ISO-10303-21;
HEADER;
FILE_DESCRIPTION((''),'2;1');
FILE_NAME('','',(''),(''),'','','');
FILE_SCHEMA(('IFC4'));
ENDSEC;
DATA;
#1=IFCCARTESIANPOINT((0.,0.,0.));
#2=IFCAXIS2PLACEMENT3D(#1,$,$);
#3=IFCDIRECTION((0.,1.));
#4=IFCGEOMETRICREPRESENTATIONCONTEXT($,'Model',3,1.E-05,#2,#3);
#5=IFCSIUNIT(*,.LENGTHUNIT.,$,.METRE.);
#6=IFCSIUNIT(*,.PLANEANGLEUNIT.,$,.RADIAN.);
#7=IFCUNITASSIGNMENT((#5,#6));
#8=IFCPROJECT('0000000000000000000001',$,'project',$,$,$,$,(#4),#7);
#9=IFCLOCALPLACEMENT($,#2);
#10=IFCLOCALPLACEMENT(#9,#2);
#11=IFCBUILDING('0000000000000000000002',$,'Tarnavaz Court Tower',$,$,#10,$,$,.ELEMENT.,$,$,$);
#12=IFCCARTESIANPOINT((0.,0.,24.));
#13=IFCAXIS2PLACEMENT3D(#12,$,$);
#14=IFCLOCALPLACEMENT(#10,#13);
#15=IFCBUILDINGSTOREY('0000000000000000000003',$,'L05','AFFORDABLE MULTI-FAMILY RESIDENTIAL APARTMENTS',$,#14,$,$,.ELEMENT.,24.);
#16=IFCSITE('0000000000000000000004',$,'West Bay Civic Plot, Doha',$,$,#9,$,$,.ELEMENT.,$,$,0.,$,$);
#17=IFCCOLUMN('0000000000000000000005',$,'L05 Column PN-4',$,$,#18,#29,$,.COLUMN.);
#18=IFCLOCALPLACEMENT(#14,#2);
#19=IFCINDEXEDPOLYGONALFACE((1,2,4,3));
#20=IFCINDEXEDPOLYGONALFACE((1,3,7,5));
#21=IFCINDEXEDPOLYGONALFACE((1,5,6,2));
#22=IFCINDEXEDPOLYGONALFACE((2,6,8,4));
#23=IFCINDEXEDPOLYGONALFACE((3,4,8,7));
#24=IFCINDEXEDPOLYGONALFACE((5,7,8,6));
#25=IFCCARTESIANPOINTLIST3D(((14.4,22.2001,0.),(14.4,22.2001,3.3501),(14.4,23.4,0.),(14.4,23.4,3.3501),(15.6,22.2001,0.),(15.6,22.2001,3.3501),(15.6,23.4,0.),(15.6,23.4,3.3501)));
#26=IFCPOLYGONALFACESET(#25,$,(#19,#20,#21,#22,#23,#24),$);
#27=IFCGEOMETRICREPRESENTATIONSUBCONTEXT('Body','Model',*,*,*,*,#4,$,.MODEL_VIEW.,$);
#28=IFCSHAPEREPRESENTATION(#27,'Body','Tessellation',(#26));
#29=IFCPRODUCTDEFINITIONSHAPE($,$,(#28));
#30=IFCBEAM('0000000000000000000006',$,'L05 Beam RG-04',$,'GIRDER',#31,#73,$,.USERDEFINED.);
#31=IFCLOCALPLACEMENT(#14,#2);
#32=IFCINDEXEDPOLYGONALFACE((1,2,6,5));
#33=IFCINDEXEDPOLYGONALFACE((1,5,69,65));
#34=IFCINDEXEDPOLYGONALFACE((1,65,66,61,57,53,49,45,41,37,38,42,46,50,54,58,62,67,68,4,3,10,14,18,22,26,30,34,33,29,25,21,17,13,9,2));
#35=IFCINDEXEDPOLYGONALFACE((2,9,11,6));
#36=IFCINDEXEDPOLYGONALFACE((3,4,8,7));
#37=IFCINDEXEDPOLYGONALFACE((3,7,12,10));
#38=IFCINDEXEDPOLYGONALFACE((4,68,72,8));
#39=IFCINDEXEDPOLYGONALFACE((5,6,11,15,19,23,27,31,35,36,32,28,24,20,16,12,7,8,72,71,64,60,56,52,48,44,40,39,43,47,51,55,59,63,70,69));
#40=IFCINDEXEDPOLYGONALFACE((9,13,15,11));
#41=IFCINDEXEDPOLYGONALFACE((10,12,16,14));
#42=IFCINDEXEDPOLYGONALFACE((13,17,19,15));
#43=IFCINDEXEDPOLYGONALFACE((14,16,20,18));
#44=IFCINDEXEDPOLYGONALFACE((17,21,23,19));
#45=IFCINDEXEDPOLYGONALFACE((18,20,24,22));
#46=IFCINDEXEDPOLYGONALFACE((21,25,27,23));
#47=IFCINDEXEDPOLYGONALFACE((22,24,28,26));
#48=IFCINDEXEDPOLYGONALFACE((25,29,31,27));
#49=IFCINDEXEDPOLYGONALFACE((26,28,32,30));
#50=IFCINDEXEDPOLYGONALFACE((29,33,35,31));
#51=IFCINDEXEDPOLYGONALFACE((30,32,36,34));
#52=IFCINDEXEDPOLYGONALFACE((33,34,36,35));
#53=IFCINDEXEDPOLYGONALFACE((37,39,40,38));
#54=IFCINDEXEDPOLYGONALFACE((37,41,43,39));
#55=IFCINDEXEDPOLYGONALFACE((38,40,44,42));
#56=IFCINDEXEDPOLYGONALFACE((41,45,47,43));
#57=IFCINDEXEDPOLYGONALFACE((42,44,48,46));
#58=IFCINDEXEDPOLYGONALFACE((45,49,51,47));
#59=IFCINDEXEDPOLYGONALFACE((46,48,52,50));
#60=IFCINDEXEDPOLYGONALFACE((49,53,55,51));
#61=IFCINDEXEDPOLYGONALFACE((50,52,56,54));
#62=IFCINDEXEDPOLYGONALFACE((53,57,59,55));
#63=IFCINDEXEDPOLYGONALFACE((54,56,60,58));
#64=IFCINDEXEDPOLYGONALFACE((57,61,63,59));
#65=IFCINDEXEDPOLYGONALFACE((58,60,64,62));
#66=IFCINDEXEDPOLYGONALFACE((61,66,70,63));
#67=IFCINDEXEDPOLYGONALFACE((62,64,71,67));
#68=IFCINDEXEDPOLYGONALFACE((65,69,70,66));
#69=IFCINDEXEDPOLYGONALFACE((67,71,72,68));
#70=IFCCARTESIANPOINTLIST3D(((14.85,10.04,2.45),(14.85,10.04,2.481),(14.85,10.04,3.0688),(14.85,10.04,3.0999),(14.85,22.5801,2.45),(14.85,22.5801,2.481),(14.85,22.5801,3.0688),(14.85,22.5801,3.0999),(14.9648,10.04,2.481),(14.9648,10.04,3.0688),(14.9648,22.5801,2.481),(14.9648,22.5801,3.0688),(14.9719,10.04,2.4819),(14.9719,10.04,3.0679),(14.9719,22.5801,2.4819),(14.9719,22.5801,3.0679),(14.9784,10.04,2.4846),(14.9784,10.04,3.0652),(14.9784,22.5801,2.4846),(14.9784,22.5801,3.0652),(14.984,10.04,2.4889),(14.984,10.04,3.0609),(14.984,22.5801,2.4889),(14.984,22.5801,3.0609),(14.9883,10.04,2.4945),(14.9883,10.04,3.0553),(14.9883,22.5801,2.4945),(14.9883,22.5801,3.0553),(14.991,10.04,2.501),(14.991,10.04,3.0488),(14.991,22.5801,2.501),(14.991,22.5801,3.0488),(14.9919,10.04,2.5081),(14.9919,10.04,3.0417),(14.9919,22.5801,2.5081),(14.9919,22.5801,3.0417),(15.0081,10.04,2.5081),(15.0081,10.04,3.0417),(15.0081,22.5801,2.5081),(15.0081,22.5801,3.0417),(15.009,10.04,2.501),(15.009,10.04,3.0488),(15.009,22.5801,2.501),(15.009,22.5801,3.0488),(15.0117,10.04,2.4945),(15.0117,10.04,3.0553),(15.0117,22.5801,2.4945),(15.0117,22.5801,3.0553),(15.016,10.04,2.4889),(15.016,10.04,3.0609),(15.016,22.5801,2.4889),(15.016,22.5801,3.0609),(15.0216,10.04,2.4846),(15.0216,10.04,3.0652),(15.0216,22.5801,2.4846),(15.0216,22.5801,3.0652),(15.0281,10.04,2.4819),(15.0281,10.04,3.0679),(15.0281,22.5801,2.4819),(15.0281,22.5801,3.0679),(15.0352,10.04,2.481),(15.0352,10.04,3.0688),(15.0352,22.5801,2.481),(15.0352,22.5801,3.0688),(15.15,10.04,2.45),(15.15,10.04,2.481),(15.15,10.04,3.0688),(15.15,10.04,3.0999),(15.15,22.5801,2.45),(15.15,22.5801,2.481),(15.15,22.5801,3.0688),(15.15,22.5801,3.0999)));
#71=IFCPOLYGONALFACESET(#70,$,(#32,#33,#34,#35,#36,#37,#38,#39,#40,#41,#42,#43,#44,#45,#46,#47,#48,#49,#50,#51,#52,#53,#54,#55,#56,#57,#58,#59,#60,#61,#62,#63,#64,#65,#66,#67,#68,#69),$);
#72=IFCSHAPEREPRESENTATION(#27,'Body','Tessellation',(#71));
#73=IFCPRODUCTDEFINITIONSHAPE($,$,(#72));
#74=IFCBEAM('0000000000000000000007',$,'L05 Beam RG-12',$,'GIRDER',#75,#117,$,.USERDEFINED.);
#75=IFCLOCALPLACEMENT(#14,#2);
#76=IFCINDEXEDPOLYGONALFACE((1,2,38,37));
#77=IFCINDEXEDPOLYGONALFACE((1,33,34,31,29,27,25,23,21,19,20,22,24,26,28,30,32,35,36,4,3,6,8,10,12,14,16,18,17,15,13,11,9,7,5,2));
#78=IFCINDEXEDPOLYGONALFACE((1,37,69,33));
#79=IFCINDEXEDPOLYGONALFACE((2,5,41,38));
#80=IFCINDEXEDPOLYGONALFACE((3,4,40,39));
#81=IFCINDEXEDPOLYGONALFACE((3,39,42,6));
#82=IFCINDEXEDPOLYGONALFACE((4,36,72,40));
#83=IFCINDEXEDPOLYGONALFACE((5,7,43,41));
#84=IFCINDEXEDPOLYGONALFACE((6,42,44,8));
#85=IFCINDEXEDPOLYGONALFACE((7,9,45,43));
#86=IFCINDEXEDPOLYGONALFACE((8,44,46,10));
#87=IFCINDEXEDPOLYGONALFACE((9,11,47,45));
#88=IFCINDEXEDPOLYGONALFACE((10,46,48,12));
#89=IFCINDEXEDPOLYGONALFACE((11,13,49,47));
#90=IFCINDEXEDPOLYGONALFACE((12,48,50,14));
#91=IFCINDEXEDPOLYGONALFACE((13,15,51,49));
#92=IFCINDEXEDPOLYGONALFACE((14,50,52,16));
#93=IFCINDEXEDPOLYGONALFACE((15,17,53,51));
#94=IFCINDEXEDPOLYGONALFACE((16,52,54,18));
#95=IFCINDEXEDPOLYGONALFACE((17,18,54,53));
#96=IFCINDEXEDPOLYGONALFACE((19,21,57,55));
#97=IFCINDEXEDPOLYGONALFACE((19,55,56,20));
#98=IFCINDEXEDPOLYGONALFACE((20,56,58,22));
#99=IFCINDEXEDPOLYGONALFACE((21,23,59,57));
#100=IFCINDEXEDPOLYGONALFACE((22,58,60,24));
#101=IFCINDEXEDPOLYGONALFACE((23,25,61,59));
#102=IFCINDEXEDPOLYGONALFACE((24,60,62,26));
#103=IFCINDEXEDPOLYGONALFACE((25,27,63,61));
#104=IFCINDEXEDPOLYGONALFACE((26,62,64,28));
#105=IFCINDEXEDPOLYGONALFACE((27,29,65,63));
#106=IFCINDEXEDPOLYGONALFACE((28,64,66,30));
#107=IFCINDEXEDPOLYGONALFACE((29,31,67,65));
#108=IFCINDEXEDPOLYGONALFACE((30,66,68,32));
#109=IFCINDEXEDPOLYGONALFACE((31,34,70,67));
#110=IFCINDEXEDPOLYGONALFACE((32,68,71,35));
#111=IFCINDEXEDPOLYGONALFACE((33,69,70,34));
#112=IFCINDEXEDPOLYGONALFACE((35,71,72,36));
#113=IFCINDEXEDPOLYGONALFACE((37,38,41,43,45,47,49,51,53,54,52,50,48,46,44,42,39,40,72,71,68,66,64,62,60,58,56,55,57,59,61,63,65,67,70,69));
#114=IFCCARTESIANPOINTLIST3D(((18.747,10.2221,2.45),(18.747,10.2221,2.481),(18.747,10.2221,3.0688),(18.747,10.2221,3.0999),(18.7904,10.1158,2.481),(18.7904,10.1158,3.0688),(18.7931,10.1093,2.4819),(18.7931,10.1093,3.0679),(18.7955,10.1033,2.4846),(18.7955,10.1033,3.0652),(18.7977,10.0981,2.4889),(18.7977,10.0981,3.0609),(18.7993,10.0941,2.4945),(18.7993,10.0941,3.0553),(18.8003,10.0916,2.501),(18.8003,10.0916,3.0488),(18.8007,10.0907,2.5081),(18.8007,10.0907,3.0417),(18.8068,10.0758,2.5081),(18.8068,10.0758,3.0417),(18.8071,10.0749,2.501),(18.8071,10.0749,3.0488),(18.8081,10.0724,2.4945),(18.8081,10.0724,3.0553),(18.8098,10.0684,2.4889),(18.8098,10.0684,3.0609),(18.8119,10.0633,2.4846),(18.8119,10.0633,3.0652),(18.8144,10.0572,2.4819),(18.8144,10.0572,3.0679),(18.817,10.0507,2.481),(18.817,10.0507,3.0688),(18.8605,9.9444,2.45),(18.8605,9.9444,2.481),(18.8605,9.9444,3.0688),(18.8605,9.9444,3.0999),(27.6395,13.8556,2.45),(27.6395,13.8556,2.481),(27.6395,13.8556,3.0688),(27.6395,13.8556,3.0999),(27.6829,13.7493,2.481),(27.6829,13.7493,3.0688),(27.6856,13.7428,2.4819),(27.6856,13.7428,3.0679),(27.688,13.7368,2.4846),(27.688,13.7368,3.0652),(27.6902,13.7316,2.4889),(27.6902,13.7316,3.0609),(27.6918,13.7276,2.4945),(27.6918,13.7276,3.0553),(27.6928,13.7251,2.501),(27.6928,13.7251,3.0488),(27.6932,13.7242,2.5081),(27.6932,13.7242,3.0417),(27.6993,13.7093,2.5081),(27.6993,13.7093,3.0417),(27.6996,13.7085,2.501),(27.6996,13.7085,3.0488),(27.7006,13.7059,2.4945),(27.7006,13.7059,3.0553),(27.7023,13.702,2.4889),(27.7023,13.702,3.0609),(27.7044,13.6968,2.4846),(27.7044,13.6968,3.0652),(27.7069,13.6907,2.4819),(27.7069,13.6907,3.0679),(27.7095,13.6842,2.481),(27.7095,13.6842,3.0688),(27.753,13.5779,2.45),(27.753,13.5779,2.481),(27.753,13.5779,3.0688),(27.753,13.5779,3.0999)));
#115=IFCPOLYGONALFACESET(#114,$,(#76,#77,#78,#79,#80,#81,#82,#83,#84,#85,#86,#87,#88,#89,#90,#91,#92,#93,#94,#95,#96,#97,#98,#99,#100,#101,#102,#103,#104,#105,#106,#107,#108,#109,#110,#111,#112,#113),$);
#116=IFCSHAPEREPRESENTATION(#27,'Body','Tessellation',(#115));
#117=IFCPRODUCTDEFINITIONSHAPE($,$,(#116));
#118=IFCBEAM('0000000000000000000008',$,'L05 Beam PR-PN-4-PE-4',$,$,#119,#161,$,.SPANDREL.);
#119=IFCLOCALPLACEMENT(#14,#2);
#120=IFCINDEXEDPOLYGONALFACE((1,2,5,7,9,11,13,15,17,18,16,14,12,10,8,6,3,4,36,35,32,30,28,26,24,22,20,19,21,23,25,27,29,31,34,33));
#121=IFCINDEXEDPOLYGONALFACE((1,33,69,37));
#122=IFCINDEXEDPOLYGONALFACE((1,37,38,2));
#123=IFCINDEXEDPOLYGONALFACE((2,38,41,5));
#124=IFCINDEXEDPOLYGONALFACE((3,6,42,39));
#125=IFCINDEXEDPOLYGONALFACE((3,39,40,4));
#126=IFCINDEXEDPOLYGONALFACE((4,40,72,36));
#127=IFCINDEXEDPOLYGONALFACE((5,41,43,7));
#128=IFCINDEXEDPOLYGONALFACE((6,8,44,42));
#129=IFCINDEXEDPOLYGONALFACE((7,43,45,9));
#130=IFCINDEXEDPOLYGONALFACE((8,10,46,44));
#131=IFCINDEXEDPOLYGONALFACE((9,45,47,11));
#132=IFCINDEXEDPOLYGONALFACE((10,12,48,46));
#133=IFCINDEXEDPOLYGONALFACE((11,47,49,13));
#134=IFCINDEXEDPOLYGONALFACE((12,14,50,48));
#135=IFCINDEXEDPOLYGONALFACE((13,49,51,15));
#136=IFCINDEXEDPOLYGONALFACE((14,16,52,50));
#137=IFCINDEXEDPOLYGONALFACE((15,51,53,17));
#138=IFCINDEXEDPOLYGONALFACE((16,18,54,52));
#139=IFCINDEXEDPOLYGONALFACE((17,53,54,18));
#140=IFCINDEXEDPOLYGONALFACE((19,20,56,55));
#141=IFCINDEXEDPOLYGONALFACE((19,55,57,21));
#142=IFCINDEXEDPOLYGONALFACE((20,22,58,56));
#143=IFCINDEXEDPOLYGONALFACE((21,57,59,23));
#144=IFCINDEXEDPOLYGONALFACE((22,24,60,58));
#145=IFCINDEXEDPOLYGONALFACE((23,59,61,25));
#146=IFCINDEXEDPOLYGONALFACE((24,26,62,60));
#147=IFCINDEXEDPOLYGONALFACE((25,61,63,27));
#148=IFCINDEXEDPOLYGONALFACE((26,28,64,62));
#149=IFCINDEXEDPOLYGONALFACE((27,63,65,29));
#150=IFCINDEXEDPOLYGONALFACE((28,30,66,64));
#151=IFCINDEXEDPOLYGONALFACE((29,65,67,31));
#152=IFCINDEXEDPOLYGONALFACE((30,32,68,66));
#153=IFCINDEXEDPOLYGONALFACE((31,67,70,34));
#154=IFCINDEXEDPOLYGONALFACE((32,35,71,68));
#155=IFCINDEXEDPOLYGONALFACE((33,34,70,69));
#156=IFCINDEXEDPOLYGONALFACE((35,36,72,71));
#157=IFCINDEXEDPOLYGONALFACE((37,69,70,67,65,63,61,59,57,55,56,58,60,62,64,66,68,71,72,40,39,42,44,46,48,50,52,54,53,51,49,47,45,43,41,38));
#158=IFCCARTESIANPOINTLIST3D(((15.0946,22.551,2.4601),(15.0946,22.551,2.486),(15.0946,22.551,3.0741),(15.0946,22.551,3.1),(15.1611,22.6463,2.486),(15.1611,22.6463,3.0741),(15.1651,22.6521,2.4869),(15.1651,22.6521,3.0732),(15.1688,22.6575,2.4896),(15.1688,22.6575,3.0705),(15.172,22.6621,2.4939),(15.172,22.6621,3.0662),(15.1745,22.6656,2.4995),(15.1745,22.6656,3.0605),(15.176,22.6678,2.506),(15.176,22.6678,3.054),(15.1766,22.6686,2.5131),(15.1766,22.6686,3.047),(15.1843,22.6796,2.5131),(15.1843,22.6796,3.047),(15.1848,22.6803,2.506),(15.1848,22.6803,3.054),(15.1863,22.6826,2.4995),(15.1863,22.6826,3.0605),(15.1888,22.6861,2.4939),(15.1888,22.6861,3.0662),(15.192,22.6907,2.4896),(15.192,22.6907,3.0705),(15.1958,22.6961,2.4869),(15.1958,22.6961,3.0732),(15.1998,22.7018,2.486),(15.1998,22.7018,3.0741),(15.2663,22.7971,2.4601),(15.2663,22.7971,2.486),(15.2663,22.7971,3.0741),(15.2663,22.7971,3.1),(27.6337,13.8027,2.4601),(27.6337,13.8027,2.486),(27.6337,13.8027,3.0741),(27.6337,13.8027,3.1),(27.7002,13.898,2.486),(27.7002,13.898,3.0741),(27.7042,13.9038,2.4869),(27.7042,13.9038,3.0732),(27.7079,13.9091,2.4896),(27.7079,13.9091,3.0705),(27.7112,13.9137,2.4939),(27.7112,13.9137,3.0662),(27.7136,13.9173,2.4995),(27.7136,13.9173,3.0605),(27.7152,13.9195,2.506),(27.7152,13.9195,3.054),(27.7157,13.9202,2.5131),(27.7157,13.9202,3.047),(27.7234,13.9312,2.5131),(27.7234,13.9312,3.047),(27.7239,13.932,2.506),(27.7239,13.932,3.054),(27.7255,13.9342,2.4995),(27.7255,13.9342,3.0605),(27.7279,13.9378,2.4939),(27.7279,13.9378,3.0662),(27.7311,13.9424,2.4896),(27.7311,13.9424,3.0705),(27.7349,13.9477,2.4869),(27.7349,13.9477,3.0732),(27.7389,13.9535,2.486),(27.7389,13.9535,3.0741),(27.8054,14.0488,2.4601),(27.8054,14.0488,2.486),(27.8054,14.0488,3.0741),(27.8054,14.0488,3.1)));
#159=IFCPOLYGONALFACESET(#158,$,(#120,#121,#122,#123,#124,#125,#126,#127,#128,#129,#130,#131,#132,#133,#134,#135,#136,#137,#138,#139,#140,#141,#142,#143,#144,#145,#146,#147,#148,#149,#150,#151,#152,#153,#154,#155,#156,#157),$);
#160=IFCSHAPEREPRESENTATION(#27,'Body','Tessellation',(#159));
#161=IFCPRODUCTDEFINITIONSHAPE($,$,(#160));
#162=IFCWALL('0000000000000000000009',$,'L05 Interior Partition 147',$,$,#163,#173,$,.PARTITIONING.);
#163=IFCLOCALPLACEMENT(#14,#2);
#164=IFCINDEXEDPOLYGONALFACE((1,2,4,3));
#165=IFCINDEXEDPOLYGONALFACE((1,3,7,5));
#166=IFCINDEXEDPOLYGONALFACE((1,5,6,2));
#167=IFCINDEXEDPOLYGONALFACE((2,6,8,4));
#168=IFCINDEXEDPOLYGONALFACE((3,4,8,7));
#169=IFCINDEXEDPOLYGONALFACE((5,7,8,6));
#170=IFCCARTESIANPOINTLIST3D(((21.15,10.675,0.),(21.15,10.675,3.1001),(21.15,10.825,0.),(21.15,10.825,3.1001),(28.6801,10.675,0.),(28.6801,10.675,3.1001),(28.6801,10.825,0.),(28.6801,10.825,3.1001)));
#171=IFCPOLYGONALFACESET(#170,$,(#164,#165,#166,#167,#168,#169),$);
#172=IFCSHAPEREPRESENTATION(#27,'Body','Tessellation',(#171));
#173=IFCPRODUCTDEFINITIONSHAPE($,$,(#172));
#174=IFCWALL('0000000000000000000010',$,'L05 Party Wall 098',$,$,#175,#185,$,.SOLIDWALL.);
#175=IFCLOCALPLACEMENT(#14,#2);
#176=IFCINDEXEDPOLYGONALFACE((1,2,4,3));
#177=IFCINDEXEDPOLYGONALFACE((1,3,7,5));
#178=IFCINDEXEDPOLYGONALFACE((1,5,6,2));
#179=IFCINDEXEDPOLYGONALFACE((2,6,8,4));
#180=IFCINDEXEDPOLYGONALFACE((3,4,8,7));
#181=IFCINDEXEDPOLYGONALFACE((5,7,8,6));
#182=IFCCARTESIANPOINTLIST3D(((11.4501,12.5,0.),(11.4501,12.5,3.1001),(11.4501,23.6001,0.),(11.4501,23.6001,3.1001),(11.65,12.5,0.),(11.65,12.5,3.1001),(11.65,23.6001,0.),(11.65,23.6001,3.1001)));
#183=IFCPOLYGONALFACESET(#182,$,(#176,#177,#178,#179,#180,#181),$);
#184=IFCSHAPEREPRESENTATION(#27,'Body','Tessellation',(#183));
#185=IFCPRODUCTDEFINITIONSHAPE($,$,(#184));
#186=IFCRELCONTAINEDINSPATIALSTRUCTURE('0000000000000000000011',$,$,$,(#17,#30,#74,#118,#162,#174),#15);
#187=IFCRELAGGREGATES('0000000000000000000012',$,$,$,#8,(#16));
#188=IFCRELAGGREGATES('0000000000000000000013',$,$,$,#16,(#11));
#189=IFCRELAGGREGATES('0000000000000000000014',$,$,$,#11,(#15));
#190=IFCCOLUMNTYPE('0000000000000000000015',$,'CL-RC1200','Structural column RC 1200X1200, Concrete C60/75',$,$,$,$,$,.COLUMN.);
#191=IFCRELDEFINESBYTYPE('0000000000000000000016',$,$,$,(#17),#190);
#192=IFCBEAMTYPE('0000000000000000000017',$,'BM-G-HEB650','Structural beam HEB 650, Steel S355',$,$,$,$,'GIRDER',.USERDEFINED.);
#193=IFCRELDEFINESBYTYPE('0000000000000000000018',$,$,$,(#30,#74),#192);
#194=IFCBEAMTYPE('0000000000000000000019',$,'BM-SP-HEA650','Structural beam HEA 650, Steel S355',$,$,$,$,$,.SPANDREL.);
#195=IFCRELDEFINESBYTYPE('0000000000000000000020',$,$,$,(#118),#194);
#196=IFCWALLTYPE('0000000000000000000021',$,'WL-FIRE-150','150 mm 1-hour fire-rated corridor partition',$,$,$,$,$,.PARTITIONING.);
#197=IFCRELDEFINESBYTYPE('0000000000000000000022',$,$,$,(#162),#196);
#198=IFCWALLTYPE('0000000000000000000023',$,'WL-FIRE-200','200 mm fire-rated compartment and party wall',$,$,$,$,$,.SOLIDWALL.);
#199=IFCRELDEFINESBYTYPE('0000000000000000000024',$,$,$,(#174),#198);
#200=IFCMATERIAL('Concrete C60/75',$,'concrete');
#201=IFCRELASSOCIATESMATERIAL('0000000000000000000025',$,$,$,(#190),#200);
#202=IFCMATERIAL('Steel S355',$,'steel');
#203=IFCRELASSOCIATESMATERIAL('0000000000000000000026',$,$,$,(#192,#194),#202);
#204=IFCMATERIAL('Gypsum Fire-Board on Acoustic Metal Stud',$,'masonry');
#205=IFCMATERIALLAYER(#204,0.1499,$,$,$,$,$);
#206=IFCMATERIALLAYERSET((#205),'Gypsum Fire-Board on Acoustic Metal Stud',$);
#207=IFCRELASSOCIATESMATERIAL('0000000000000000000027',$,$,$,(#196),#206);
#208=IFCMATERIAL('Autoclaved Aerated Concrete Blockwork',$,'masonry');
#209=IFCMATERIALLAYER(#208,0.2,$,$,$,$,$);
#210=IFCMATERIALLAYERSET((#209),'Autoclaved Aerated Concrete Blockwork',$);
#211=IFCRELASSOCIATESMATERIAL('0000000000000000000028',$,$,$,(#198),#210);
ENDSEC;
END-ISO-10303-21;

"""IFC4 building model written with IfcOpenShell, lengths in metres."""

from ifc_helpers import new_model, si_unit, direction, frame, frame_2d, origin, origin_2d, place, context, subcontext, project, spatial, rectangle, i_section, extrude, material, layer, layer_set, material_profile, profile_set, type_object, element, save


model = new_model("IFC4")

# Units and contexts
model_context = context("Model", 3, precision=1e-05, world=origin(), true_north=direction((0.0, 1.0)))
body_context = subcontext(model_context, "Body", "Model", "MODEL_VIEW")
ifc_project = project(units=[si_unit("LENGTHUNIT", "METRE"), si_unit("PLANEANGLEUNIT", "RADIAN")], contexts=[model_context])

# Site, building, storey
site_placement = place(None, origin())
site = spatial("IfcSite", under=ifc_project, at=site_placement, Name="West Bay Civic Plot, Doha", CompositionType="ELEMENT", RefElevation=0.0)
building_placement = place(site_placement, origin())
building = spatial("IfcBuilding", under=site, at=building_placement, Name="Tarnavaz Court Tower", CompositionType="ELEMENT")
storey_placement = place(building_placement, frame((0.0, 0.0, 24.0)))
storey = spatial("IfcBuildingStorey", under=building, at=storey_placement, Name="L05", Description="AFFORDABLE MULTI-FAMILY RESIDENTIAL APARTMENTS", CompositionType="ELEMENT", Elevation=24.0)

# Column
ifc_material_1 = material(Name="Concrete C60/75", Category="concrete")
ifc_material_profile_1 = material_profile(ifc_material_1, rectangle(XDim=1.2, YDim=1.2, at=origin_2d()), Name="RC 1200X1200")
ifc_profile_set_1 = profile_set([ifc_material_profile_1], Name="Concrete C60/75")
column_type = type_object("IfcColumnType", Name="CL-RC1200", Description="Structural column RC 1200X1200, Concrete C60/75", PredefinedType="COLUMN", material=ifc_profile_set_1)
column_placement = place(storey_placement, frame((15.0, 22.8, 0.0), z_axis=(0.0, 0.0, 1.0), x_axis=(1.0, 0.0, 0.0)))
element("IfcColumn", 1, at=column_placement, inside=storey, type_object=column_type, Name="L05 Column PN-4", PredefinedType="COLUMN", context=body_context, shape_type="SweptSolid", body=[
    extrude(rectangle(XDim=1.2, YDim=1.2, at=origin_2d()), origin(), (0.0, 0.0, 1.0), 3.3501),
])

# Beams
ifc_material_2 = material(Name="Steel S355", Category="steel")
ifc_material_profile_2 = material_profile(ifc_material_2, i_section(OverallWidth=0.3, OverallDepth=0.6499, WebThickness=0.0161, FlangeThickness=0.031, FilletRadius=0.0271, at=origin_2d()), Name="HEB 650")
ifc_profile_set_2 = profile_set([ifc_material_profile_2], Name="Steel S355")
beam_type_1 = type_object("IfcBeamType", Name="BM-G-HEB650", Description="Structural beam HEB 650, Steel S355", ElementType="GIRDER", PredefinedType="USERDEFINED", material=ifc_profile_set_2)
beam_1_placement = place(storey_placement, frame((15.0, 10.04, 2.7749), z_axis=(0.0, 1.0, 0.0), x_axis=(-1.0, 0.0, 0.0)))
element("IfcBeam", 2, at=beam_1_placement, inside=storey, type_object=beam_type_1, Name="L05 Beam RG-04", ObjectType="GIRDER", PredefinedType="USERDEFINED", context=body_context, shape_type="SweptSolid", body=[
    extrude(i_section(OverallWidth=0.3, OverallDepth=0.6499, WebThickness=0.0161, FlangeThickness=0.031, FilletRadius=0.0271, at=origin_2d()), origin(), (0.0, 0.0, 1.0), 12.54),
])
beam_2_placement = place(storey_placement, frame((18.8037, 10.0833, 2.7749), z_axis=(0.925705, 0.378247, 0.0), x_axis=(-0.378247, 0.925705, 0.0)))
element("IfcBeam", 3, at=beam_2_placement, inside=storey, type_object=beam_type_1, Name="L05 Beam RG-12", ObjectType="GIRDER", PredefinedType="USERDEFINED", context=body_context, shape_type="SweptSolid", body=[
    extrude(i_section(OverallWidth=0.3, OverallDepth=0.6499, WebThickness=0.0161, FlangeThickness=0.031, FilletRadius=0.0271, at=origin_2d()), origin(), (0.0, 0.0, 1.0), 9.6062),
])
ifc_material_profile_3 = material_profile(ifc_material_2, i_section(OverallWidth=0.3, OverallDepth=0.6399, WebThickness=0.0134, FlangeThickness=0.0259, FilletRadius=0.0271, at=origin_2d()), Name="HEA 650")
ifc_profile_set_3 = profile_set([ifc_material_profile_3], Name="Steel S355")
beam_type_2 = type_object("IfcBeamType", Name="BM-SP-HEA650", Description="Structural beam HEA 650, Steel S355", PredefinedType="SPANDREL", material=ifc_profile_set_3)
beam_3_placement = place(storey_placement, frame((15.1804, 22.6741, 2.78), z_axis=(0.820124, -0.572186, 0.0), x_axis=(0.572186, 0.820124, 0.0)))
element("IfcBeam", 4, at=beam_3_placement, inside=storey, type_object=beam_type_2, Name="L05 Beam PR-PN-4-PE-4", PredefinedType="SPANDREL", context=body_context, shape_type="SweptSolid", body=[
    extrude(i_section(OverallWidth=0.3, OverallDepth=0.6399, WebThickness=0.0134, FlangeThickness=0.0259, FilletRadius=0.0271, at=origin_2d()), origin(), (0.0, 0.0, 1.0), 15.2893),
])

# Walls
ifc_material_3 = material(Name="Gypsum Fire-Board on Acoustic Metal Stud", Category="masonry")
ifc_layer_1 = layer(ifc_material_3, 0.1499)
ifc_layer_set_1 = layer_set([ifc_layer_1], Name="Gypsum Fire-Board on Acoustic Metal Stud")
wall_type_1 = type_object("IfcWallType", Name="WL-FIRE-150", Description="150 mm 1-hour fire-rated corridor partition", PredefinedType="PARTITIONING", material=ifc_layer_set_1)
wall_1_placement = place(storey_placement, frame((21.1499, 10.75, 0.0), z_axis=(0.0, 0.0, 1.0), x_axis=(1.0, 0.0, 0.0)))
element("IfcWall", 5, at=wall_1_placement, inside=storey, type_object=wall_type_1, Name="L05 Interior Partition 147", PredefinedType="PARTITIONING", context=body_context, shape_type="SweptSolid", body=[
    extrude(rectangle(XDim=7.53, YDim=0.1499, at=frame_2d((3.7651, 0.0))), origin(), (0.0, 0.0, 1.0), 3.1001),
])
ifc_material_4 = material(Name="Autoclaved Aerated Concrete Blockwork", Category="masonry")
ifc_layer_2 = layer(ifc_material_4, 0.2)
ifc_layer_set_2 = layer_set([ifc_layer_2], Name="Autoclaved Aerated Concrete Blockwork")
wall_type_2 = type_object("IfcWallType", Name="WL-FIRE-200", Description="200 mm fire-rated compartment and party wall", PredefinedType="SOLIDWALL", material=ifc_layer_set_2)
wall_2_placement = place(storey_placement, frame((11.55, 12.5, 0.0), z_axis=(0.0, 0.0, 1.0), x_axis=(0.0, 1.0, 0.0)))
element("IfcWall", 6, at=wall_2_placement, inside=storey, type_object=wall_type_2, Name="L05 Party Wall 098", PredefinedType="SOLIDWALL", context=body_context, shape_type="SweptSolid", body=[
    extrude(rectangle(XDim=11.1001, YDim=0.2, at=frame_2d((5.55, 0.0))), origin(), (0.0, 0.0, 1.0), 3.1001),
])

save(model, "model.ifc")
